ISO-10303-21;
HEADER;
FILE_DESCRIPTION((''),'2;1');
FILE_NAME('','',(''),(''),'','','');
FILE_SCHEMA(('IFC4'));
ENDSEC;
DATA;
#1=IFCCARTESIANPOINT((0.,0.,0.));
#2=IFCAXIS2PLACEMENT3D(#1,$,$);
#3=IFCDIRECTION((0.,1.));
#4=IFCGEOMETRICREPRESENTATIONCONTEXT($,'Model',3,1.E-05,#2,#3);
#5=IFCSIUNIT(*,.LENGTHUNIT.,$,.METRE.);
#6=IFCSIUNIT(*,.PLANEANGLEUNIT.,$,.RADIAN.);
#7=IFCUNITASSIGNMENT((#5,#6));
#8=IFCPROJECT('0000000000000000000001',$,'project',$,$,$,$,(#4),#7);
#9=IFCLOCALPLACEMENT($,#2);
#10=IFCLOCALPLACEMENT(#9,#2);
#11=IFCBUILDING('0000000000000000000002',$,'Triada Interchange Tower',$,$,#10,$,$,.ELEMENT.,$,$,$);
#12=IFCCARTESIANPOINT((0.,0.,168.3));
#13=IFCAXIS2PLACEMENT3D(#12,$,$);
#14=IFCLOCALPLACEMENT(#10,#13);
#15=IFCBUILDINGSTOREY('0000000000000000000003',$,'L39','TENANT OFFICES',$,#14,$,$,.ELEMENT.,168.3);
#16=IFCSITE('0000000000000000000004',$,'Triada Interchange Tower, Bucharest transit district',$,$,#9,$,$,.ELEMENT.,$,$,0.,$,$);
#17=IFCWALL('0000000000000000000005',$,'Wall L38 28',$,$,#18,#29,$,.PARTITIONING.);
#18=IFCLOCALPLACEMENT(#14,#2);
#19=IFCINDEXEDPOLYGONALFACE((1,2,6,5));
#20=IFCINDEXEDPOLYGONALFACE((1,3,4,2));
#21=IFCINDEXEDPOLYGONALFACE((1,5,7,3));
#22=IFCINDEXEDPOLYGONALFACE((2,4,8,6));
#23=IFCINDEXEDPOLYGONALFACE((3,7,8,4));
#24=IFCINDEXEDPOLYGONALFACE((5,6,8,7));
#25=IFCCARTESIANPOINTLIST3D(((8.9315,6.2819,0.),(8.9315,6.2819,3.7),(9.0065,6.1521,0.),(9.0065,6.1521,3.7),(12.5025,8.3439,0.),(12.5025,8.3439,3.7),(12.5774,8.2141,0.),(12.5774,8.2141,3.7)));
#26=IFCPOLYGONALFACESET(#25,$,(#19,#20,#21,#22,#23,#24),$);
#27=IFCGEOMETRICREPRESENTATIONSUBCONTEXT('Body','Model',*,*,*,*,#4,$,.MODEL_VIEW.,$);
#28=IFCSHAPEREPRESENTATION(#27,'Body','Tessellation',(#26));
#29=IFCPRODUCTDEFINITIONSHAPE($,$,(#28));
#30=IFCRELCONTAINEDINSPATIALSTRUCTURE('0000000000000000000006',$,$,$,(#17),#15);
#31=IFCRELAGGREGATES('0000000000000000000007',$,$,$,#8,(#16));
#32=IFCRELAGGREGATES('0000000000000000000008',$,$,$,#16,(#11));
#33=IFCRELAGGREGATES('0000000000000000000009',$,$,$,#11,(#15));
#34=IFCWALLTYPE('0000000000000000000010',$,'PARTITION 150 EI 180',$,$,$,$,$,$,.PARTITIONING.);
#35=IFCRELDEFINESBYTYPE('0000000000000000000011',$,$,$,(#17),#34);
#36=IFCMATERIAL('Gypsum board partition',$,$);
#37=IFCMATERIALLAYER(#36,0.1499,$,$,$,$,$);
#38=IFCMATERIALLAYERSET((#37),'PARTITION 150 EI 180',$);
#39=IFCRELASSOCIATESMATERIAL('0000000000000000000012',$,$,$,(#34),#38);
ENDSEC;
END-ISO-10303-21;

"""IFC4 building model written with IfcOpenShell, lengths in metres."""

from ifc_helpers import new_model, si_unit, direction, frame, frame_2d, origin, place, context, subcontext, project, spatial, rectangle, extrude, material, layer, layer_set, type_object, element, save


model = new_model("IFC4")

# Units and contexts
model_context = context("Model", 3, precision=1e-05, world=origin(), true_north=direction((0.0, 1.0)))
body_context = subcontext(model_context, "Body", "Model", "MODEL_VIEW")
ifc_project = project(units=[si_unit("LENGTHUNIT", "METRE"), si_unit("PLANEANGLEUNIT", "RADIAN")], contexts=[model_context])

# Site, building, storey
site_placement = place(None, origin())
site = spatial("IfcSite", under=ifc_project, at=site_placement, Name="Triada Interchange Tower, Bucharest transit district", CompositionType="ELEMENT", RefElevation=0.0)
building_placement = place(site_placement, origin())
building = spatial("IfcBuilding", under=site, at=building_placement, Name="Triada Interchange Tower", CompositionType="ELEMENT")
storey_placement = place(building_placement, frame((0.0, 0.0, 168.3)))
storey = spatial("IfcBuildingStorey", under=building, at=storey_placement, Name="L39", Description="TENANT OFFICES", CompositionType="ELEMENT", Elevation=168.3)

# Wall
ifc_material_1 = material(Name="Gypsum board partition")
ifc_layer_1 = layer(ifc_material_1, 0.1499)
ifc_layer_set_1 = layer_set([ifc_layer_1], Name="PARTITION 150 EI 180")
wall_type_1 = type_object("IfcWallType", Name="PARTITION 150 EI 180", PredefinedType="PARTITIONING", material=ifc_layer_set_1)
wall_1_placement = place(storey_placement, frame((8.969, 6.217, 0.0), z_axis=(0.0, 0.0, 1.0), x_axis=(0.865997, 0.500049, 0.0)))
element("IfcWall", 1, at=wall_1_placement, inside=storey, type_object=wall_type_1, Name="Wall L38 28", PredefinedType="PARTITIONING", context=body_context, shape_type="SweptSolid", body=[
    extrude(rectangle(XDim=4.1235, YDim=0.1499, at=frame_2d((2.0618, 0.0))), origin(), (0.0, 0.0, 1.0), 3.7),
])

save(model, "model.ifc")
